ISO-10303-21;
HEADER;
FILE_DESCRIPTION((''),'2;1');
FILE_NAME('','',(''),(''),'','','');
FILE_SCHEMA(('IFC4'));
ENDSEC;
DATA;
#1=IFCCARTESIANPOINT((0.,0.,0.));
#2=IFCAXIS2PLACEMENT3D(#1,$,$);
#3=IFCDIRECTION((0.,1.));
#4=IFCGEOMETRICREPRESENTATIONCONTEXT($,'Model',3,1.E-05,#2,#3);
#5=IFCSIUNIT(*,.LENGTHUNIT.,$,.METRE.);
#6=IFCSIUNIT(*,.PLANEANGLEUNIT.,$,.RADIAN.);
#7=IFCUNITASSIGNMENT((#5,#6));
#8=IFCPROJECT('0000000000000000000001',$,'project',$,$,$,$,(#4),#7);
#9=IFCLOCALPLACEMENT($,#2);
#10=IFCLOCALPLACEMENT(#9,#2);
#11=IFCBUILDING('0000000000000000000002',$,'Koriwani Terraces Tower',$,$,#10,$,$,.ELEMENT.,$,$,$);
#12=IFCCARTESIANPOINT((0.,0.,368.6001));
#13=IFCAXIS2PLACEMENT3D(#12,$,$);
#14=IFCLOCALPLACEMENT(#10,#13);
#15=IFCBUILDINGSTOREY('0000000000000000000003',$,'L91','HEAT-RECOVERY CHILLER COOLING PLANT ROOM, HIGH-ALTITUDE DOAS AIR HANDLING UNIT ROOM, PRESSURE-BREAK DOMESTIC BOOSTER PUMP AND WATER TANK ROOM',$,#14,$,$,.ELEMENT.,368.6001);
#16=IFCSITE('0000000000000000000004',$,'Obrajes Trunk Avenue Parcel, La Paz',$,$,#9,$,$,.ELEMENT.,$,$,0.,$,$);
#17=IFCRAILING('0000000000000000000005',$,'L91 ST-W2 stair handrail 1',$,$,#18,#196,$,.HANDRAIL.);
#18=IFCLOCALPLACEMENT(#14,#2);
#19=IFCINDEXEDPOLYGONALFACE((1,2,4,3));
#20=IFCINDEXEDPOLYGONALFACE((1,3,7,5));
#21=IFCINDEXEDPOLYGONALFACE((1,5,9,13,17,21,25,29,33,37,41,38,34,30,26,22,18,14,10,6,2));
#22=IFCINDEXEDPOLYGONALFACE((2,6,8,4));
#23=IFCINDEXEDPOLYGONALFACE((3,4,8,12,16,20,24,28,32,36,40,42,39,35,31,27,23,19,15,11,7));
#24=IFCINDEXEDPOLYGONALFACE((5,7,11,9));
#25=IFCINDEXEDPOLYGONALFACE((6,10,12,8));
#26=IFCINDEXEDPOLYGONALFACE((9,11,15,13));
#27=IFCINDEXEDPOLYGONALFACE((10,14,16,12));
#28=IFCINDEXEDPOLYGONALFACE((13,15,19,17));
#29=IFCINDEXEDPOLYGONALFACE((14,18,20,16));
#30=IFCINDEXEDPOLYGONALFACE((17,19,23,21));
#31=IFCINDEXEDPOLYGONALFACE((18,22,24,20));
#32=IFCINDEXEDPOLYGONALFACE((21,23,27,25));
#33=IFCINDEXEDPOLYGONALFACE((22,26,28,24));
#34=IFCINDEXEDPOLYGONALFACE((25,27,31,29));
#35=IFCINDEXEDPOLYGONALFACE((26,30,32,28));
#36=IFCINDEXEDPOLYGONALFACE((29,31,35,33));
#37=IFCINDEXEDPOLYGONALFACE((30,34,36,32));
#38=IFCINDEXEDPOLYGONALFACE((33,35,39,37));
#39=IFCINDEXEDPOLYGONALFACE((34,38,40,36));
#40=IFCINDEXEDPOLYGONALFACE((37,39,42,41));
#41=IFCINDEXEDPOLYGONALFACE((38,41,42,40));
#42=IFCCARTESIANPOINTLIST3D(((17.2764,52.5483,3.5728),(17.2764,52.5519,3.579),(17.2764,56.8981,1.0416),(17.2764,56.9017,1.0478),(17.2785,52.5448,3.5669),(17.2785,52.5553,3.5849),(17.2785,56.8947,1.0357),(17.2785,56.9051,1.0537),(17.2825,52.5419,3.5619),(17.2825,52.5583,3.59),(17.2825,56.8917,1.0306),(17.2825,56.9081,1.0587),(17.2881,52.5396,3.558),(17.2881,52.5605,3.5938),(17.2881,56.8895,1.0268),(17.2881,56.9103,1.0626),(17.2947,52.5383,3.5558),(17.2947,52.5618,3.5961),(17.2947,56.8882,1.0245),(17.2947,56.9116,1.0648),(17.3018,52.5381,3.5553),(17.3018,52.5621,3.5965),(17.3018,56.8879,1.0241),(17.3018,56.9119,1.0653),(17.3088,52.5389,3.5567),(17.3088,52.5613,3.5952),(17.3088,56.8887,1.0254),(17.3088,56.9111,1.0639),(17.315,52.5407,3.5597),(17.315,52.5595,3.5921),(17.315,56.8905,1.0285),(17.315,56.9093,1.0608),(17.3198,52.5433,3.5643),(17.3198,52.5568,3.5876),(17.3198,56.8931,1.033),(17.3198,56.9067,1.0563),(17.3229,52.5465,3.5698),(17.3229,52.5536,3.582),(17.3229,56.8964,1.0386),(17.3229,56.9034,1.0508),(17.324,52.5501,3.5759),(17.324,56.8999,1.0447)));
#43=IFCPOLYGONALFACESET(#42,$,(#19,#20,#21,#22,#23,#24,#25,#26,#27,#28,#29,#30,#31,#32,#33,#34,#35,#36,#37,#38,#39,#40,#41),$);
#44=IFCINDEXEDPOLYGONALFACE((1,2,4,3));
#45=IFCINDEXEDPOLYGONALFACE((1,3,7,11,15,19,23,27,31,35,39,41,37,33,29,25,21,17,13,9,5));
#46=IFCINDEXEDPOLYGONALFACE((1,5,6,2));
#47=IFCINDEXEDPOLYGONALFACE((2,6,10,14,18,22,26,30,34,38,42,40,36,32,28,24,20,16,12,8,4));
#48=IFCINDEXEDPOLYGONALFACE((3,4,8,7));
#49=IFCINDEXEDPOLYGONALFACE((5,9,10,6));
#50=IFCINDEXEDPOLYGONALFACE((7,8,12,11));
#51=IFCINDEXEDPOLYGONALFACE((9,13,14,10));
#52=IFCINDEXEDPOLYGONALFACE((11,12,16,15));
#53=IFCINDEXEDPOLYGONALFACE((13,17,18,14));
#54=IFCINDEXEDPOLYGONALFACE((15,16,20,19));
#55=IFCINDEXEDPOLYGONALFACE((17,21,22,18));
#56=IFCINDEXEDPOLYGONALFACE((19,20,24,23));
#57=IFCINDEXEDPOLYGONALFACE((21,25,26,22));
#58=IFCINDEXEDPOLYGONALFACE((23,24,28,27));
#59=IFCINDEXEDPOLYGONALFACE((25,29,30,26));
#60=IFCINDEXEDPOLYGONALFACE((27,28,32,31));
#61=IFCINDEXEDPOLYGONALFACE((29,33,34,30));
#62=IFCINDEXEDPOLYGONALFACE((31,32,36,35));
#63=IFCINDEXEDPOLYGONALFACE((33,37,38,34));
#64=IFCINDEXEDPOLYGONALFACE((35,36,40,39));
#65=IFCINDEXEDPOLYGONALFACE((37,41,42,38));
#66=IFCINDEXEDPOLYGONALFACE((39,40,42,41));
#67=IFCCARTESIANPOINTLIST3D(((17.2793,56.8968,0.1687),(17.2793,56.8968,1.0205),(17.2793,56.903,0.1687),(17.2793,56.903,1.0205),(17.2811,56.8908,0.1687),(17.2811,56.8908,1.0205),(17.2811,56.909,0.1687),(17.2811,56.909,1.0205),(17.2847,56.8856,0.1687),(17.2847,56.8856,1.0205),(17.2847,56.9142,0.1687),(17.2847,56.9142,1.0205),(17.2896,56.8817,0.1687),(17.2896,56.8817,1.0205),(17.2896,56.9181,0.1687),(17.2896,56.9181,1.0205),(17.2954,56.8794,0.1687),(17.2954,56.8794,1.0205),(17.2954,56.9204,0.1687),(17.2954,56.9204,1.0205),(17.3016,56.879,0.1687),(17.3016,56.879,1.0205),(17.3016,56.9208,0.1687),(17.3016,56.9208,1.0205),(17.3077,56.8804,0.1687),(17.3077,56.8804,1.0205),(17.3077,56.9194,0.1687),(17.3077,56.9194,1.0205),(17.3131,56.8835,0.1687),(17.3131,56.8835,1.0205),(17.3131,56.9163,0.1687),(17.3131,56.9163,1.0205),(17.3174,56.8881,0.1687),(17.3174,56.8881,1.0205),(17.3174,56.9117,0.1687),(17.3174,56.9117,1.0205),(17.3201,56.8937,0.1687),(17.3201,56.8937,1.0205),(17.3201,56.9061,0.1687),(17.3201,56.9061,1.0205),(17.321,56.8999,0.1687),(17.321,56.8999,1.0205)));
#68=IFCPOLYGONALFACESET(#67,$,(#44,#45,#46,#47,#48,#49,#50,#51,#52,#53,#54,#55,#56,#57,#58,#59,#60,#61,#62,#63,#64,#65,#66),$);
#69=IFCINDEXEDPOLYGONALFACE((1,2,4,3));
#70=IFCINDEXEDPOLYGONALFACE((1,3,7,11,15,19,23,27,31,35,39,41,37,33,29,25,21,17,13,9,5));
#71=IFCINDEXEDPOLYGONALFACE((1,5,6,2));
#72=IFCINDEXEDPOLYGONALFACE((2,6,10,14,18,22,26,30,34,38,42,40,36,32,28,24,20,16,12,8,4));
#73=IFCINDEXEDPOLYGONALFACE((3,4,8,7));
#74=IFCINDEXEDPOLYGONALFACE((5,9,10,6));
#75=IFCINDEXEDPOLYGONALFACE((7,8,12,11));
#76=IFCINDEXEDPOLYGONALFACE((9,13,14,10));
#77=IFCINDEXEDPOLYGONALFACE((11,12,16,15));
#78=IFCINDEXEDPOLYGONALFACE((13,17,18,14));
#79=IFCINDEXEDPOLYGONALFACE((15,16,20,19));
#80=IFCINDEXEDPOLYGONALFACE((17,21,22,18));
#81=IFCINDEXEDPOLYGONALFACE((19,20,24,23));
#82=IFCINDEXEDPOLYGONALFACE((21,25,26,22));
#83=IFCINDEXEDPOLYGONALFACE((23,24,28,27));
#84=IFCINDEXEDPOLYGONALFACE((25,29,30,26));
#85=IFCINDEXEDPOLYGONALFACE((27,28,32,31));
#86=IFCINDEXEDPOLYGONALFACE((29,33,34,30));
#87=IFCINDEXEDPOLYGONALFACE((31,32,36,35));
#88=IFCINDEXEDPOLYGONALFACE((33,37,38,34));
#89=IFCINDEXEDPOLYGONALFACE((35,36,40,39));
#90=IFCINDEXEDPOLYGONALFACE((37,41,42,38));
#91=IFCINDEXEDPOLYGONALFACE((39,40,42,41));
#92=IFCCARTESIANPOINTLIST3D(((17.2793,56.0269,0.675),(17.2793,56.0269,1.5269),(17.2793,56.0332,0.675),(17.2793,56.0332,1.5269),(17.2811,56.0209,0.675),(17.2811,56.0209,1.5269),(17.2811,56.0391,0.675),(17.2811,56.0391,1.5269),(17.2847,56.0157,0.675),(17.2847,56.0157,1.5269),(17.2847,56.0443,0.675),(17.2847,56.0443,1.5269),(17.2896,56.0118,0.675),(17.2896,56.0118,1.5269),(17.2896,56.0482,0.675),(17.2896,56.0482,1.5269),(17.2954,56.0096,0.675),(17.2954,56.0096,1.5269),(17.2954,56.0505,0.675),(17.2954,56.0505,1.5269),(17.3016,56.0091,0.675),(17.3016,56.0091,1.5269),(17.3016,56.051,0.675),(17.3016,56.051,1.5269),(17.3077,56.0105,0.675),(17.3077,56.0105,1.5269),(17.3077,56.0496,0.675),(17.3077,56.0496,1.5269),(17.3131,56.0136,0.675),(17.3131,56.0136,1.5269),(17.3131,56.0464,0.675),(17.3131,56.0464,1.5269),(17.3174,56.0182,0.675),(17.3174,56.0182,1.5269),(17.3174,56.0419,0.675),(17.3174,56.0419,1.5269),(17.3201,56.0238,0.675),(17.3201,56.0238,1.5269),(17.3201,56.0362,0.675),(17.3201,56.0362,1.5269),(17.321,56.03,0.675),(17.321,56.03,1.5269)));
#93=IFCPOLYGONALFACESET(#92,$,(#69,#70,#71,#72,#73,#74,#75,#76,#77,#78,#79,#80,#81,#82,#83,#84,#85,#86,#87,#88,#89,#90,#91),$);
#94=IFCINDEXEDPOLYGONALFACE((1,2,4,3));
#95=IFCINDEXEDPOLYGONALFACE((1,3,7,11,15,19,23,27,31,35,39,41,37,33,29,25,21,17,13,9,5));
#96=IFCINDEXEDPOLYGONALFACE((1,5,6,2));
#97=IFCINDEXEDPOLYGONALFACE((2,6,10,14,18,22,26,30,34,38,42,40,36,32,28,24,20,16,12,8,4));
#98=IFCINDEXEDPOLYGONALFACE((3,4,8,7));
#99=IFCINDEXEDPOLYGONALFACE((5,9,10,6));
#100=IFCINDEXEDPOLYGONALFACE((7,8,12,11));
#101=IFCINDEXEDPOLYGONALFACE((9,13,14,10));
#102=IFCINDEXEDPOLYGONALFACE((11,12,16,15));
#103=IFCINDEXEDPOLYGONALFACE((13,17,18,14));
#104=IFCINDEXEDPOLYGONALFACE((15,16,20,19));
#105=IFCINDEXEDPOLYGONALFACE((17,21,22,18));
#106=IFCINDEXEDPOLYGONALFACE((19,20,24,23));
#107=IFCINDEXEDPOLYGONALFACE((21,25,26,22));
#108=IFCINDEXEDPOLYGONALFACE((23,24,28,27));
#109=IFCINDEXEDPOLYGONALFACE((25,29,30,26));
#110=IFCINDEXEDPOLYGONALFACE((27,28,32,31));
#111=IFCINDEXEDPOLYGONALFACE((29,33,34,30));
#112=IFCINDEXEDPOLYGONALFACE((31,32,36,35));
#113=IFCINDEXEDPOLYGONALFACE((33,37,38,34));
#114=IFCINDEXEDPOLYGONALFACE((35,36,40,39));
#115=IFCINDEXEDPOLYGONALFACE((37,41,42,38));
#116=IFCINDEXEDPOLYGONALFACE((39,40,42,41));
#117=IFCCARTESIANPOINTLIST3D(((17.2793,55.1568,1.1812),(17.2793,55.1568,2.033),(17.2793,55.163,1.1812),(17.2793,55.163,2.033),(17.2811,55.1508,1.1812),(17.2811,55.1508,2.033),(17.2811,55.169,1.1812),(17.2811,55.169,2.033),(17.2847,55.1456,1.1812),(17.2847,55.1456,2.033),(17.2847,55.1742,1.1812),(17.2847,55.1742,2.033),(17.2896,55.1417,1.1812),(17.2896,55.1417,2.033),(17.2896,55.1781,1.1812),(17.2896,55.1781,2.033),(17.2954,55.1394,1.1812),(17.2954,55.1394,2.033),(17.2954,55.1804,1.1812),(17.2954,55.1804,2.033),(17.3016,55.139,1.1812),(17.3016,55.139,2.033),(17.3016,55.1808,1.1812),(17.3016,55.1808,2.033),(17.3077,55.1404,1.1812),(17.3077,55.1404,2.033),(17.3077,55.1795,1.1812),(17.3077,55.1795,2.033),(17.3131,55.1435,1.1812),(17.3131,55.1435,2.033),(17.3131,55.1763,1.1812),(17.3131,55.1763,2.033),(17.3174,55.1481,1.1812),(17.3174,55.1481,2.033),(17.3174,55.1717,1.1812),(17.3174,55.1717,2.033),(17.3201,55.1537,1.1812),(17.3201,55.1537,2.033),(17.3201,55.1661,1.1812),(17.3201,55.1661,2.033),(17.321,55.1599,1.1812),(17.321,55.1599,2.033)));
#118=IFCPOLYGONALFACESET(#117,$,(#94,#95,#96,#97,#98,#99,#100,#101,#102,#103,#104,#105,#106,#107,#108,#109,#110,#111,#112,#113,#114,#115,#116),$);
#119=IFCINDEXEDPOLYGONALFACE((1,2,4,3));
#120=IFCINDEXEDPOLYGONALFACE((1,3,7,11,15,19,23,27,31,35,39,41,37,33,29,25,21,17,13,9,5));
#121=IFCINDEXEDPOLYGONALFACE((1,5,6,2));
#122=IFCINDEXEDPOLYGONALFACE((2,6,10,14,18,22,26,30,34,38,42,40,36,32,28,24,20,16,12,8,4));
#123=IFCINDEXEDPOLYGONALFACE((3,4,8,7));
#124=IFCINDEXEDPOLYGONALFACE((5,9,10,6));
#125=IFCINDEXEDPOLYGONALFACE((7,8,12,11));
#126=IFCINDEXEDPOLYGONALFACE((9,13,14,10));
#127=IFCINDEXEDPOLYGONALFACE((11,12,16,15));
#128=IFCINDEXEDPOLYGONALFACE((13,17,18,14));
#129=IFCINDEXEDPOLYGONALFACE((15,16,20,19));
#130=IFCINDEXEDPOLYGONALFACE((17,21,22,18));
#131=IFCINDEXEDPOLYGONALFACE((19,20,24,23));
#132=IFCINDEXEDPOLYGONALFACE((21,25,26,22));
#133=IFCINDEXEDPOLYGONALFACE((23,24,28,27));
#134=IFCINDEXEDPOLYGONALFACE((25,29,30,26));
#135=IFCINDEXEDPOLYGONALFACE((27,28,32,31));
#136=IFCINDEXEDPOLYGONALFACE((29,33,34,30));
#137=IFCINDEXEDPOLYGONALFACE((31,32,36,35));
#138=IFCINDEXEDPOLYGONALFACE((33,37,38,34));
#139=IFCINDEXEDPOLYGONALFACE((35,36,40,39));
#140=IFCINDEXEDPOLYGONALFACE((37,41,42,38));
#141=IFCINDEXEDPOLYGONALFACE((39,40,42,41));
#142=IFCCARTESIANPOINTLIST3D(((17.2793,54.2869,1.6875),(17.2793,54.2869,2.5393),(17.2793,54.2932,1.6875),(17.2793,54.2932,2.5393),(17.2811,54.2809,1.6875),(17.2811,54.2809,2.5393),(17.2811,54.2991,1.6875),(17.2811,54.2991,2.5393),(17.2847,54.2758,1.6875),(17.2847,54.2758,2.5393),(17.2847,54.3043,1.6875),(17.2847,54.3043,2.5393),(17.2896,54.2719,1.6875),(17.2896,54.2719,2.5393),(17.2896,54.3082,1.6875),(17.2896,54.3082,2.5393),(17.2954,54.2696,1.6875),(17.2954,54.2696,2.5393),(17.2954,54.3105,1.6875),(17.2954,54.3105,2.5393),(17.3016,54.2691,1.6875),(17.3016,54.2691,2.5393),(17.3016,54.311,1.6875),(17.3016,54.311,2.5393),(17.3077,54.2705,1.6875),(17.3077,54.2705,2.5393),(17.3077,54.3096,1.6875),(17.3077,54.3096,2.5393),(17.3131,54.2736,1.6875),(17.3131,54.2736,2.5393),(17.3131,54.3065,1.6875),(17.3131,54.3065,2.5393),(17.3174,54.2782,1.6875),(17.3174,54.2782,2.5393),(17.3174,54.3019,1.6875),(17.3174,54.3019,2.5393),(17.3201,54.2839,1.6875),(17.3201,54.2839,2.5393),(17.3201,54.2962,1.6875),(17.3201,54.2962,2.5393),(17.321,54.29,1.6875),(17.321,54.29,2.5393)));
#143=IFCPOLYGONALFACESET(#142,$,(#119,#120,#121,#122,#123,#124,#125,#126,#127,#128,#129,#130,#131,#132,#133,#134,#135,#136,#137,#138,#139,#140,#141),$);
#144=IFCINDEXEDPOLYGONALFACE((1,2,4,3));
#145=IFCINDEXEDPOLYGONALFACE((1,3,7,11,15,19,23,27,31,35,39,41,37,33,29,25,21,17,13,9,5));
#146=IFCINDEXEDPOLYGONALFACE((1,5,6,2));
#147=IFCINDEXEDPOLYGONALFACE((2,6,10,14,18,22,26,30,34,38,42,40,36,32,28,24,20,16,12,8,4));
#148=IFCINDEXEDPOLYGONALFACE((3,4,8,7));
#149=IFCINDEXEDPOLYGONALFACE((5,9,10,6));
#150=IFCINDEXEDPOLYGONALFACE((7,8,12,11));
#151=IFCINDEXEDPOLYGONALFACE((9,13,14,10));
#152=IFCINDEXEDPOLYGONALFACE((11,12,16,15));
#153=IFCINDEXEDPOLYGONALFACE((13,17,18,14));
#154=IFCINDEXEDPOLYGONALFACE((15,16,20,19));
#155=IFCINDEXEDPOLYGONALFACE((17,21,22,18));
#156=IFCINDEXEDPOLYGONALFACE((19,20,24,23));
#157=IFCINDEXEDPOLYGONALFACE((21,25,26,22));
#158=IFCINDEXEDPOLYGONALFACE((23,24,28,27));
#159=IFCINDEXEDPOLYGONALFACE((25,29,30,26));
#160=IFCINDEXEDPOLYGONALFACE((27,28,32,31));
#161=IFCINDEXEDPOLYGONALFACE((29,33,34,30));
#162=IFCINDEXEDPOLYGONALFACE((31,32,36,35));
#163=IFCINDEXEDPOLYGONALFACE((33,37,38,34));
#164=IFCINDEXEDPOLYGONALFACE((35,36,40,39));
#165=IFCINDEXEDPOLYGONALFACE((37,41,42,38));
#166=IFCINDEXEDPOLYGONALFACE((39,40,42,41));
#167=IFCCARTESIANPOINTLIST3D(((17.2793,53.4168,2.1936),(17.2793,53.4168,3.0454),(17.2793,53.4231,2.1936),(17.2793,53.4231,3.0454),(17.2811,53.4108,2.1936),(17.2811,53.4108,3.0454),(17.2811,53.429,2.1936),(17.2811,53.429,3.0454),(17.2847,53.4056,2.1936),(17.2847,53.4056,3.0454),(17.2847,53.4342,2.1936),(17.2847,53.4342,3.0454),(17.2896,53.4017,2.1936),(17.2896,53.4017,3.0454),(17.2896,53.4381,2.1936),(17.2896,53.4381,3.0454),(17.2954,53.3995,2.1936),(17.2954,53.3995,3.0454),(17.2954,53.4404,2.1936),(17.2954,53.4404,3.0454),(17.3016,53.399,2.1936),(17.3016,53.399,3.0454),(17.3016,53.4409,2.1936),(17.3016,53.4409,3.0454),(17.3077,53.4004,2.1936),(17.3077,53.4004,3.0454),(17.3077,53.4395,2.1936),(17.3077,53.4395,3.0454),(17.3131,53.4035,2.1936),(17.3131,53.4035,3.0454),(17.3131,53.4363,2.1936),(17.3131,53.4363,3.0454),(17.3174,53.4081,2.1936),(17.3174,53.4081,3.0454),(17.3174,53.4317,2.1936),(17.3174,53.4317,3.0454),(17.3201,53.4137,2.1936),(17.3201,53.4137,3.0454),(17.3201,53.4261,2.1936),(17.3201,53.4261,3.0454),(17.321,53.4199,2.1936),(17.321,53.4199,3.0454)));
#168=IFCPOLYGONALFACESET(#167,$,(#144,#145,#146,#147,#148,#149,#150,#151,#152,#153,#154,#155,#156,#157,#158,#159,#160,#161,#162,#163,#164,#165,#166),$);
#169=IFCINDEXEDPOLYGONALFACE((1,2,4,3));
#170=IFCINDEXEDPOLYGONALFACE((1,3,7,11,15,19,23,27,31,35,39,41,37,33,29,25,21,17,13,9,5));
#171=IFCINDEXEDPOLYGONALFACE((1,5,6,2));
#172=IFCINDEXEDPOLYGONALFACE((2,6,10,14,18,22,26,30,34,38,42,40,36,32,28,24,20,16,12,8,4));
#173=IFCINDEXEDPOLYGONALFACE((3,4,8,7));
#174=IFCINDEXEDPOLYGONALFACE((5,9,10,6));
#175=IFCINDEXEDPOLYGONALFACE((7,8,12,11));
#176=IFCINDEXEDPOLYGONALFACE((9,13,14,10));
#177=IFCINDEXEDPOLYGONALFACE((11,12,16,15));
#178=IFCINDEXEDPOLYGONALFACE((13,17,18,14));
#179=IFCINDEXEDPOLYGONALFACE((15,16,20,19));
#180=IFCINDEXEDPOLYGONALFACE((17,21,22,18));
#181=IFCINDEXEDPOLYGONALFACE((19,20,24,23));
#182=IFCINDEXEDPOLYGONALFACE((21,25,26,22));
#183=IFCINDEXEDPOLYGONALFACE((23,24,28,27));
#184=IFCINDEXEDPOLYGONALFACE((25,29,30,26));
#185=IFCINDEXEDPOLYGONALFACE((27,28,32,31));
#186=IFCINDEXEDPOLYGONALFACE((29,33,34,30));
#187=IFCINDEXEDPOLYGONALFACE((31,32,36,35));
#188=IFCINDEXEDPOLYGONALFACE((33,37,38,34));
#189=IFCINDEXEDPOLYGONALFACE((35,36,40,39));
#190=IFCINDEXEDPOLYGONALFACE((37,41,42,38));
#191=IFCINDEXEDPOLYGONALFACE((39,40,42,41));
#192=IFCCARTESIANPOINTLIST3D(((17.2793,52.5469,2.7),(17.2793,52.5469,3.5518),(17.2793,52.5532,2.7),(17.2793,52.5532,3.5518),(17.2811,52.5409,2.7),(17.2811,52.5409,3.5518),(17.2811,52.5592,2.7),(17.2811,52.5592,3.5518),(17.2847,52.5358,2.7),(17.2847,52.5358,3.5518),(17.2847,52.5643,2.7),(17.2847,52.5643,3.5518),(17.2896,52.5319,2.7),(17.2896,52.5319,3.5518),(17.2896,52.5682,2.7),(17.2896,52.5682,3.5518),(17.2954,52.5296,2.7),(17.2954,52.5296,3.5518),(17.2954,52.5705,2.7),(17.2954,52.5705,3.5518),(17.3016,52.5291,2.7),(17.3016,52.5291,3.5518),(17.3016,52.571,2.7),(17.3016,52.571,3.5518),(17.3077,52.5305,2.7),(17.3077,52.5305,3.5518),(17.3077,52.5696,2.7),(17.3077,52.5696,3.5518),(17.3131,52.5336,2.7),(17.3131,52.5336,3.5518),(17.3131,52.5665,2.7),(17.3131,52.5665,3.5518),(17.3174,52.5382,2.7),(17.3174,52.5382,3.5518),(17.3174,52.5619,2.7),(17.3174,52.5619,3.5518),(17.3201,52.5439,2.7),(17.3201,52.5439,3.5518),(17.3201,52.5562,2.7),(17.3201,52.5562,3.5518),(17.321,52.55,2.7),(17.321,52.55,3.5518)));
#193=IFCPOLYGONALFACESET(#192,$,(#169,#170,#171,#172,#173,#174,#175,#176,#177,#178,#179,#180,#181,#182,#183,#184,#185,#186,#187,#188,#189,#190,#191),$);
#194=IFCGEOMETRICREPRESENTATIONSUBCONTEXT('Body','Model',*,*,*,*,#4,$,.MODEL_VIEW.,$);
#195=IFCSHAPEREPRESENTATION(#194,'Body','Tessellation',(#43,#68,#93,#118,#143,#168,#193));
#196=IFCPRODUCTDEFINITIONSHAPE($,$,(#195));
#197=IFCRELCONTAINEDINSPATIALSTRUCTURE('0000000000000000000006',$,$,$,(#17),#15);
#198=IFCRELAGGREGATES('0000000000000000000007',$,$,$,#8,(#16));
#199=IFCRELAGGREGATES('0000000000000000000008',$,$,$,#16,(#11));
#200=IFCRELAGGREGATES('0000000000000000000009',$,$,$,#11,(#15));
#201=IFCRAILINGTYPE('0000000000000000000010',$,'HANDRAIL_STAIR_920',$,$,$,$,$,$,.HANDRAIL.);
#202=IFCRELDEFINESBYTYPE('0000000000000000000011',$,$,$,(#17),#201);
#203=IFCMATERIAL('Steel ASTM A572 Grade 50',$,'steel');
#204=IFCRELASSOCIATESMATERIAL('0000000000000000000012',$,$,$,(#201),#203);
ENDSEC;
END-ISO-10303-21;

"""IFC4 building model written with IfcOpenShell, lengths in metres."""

from ifc_helpers import new_model, si_unit, direction, frame, origin, origin_2d, place, context, subcontext, project, spatial, circle, extrude, material, type_object, element, save


model = new_model("IFC4")

# Units and contexts
model_context = context("Model", 3, precision=1e-05, world=origin(), true_north=direction((0.0, 1.0)))
body_context = subcontext(model_context, "Body", "Model", "MODEL_VIEW")
ifc_project = project(units=[si_unit("LENGTHUNIT", "METRE"), si_unit("PLANEANGLEUNIT", "RADIAN")], contexts=[model_context])

# Site, building, storey
site_placement = place(None, origin())
site = spatial("IfcSite", under=ifc_project, at=site_placement, Name="Obrajes Trunk Avenue Parcel, La Paz", CompositionType="ELEMENT", RefElevation=0.0)
building_placement = place(site_placement, origin())
building = spatial("IfcBuilding", under=site, at=building_placement, Name="Koriwani Terraces Tower", CompositionType="ELEMENT")
storey_placement = place(building_placement, frame((0.0, 0.0, 368.6001)))
storey = spatial("IfcBuildingStorey", under=building, at=storey_placement, Name="L91", Description="HEAT-RECOVERY CHILLER COOLING PLANT ROOM, HIGH-ALTITUDE DOAS AIR HANDLING UNIT ROOM, PRESSURE-BREAK DOMESTIC BOOSTER PUMP AND WATER TANK ROOM", CompositionType="ELEMENT", Elevation=368.6001)

# Shared definitions
ifc_material_1 = material(Name="Steel ASTM A572 Grade 50", Category="steel")

# Railing
railing_type_1 = type_object("IfcRailingType", Name="HANDRAIL_STAIR_920", PredefinedType="HANDRAIL", material=ifc_material_1)
railing_1_placement = place(storey_placement, frame((17.3, 56.8999, 0.1687)))
element("IfcRailing", 1, at=railing_1_placement, inside=storey, type_object=railing_type_1, Name="L91 ST-W2 stair handrail 1", PredefinedType="HANDRAIL", context=body_context, shape_type="SweptSolid", body=[
    extrude(circle(Radius=0.0239, at=origin_2d()), frame((0.0, 0.0, 0.876), z_axis=(0.0, -0.864312, 0.502957), x_axis=(1.0, 0.0, 0.0)), (0.0, 0.0, 1.0), 5.0327),
    extrude(circle(Radius=0.021, at=origin_2d()), origin(), (0.0, 0.0, 1.0), 0.8518),
    extrude(circle(Radius=0.021, at=origin_2d()), frame((0.0, -0.8699, 0.5063)), (0.0, 0.0, 1.0), 0.8518),
    extrude(circle(Radius=0.021, at=origin_2d()), frame((0.0, -1.74, 1.0125)), (0.0, 0.0, 1.0), 0.8518),
    extrude(circle(Radius=0.021, at=origin_2d()), frame((0.0, -2.6099, 1.5188)), (0.0, 0.0, 1.0), 0.8518),
    extrude(circle(Radius=0.021, at=origin_2d()), frame((0.0, -3.48, 2.0249)), (0.0, 0.0, 1.0), 0.8518),
    extrude(circle(Radius=0.021, at=origin_2d()), frame((0.0, -4.3499, 2.5312)), (0.0, 0.0, 1.0), 0.8518),
])

save(model, "model.ifc")
